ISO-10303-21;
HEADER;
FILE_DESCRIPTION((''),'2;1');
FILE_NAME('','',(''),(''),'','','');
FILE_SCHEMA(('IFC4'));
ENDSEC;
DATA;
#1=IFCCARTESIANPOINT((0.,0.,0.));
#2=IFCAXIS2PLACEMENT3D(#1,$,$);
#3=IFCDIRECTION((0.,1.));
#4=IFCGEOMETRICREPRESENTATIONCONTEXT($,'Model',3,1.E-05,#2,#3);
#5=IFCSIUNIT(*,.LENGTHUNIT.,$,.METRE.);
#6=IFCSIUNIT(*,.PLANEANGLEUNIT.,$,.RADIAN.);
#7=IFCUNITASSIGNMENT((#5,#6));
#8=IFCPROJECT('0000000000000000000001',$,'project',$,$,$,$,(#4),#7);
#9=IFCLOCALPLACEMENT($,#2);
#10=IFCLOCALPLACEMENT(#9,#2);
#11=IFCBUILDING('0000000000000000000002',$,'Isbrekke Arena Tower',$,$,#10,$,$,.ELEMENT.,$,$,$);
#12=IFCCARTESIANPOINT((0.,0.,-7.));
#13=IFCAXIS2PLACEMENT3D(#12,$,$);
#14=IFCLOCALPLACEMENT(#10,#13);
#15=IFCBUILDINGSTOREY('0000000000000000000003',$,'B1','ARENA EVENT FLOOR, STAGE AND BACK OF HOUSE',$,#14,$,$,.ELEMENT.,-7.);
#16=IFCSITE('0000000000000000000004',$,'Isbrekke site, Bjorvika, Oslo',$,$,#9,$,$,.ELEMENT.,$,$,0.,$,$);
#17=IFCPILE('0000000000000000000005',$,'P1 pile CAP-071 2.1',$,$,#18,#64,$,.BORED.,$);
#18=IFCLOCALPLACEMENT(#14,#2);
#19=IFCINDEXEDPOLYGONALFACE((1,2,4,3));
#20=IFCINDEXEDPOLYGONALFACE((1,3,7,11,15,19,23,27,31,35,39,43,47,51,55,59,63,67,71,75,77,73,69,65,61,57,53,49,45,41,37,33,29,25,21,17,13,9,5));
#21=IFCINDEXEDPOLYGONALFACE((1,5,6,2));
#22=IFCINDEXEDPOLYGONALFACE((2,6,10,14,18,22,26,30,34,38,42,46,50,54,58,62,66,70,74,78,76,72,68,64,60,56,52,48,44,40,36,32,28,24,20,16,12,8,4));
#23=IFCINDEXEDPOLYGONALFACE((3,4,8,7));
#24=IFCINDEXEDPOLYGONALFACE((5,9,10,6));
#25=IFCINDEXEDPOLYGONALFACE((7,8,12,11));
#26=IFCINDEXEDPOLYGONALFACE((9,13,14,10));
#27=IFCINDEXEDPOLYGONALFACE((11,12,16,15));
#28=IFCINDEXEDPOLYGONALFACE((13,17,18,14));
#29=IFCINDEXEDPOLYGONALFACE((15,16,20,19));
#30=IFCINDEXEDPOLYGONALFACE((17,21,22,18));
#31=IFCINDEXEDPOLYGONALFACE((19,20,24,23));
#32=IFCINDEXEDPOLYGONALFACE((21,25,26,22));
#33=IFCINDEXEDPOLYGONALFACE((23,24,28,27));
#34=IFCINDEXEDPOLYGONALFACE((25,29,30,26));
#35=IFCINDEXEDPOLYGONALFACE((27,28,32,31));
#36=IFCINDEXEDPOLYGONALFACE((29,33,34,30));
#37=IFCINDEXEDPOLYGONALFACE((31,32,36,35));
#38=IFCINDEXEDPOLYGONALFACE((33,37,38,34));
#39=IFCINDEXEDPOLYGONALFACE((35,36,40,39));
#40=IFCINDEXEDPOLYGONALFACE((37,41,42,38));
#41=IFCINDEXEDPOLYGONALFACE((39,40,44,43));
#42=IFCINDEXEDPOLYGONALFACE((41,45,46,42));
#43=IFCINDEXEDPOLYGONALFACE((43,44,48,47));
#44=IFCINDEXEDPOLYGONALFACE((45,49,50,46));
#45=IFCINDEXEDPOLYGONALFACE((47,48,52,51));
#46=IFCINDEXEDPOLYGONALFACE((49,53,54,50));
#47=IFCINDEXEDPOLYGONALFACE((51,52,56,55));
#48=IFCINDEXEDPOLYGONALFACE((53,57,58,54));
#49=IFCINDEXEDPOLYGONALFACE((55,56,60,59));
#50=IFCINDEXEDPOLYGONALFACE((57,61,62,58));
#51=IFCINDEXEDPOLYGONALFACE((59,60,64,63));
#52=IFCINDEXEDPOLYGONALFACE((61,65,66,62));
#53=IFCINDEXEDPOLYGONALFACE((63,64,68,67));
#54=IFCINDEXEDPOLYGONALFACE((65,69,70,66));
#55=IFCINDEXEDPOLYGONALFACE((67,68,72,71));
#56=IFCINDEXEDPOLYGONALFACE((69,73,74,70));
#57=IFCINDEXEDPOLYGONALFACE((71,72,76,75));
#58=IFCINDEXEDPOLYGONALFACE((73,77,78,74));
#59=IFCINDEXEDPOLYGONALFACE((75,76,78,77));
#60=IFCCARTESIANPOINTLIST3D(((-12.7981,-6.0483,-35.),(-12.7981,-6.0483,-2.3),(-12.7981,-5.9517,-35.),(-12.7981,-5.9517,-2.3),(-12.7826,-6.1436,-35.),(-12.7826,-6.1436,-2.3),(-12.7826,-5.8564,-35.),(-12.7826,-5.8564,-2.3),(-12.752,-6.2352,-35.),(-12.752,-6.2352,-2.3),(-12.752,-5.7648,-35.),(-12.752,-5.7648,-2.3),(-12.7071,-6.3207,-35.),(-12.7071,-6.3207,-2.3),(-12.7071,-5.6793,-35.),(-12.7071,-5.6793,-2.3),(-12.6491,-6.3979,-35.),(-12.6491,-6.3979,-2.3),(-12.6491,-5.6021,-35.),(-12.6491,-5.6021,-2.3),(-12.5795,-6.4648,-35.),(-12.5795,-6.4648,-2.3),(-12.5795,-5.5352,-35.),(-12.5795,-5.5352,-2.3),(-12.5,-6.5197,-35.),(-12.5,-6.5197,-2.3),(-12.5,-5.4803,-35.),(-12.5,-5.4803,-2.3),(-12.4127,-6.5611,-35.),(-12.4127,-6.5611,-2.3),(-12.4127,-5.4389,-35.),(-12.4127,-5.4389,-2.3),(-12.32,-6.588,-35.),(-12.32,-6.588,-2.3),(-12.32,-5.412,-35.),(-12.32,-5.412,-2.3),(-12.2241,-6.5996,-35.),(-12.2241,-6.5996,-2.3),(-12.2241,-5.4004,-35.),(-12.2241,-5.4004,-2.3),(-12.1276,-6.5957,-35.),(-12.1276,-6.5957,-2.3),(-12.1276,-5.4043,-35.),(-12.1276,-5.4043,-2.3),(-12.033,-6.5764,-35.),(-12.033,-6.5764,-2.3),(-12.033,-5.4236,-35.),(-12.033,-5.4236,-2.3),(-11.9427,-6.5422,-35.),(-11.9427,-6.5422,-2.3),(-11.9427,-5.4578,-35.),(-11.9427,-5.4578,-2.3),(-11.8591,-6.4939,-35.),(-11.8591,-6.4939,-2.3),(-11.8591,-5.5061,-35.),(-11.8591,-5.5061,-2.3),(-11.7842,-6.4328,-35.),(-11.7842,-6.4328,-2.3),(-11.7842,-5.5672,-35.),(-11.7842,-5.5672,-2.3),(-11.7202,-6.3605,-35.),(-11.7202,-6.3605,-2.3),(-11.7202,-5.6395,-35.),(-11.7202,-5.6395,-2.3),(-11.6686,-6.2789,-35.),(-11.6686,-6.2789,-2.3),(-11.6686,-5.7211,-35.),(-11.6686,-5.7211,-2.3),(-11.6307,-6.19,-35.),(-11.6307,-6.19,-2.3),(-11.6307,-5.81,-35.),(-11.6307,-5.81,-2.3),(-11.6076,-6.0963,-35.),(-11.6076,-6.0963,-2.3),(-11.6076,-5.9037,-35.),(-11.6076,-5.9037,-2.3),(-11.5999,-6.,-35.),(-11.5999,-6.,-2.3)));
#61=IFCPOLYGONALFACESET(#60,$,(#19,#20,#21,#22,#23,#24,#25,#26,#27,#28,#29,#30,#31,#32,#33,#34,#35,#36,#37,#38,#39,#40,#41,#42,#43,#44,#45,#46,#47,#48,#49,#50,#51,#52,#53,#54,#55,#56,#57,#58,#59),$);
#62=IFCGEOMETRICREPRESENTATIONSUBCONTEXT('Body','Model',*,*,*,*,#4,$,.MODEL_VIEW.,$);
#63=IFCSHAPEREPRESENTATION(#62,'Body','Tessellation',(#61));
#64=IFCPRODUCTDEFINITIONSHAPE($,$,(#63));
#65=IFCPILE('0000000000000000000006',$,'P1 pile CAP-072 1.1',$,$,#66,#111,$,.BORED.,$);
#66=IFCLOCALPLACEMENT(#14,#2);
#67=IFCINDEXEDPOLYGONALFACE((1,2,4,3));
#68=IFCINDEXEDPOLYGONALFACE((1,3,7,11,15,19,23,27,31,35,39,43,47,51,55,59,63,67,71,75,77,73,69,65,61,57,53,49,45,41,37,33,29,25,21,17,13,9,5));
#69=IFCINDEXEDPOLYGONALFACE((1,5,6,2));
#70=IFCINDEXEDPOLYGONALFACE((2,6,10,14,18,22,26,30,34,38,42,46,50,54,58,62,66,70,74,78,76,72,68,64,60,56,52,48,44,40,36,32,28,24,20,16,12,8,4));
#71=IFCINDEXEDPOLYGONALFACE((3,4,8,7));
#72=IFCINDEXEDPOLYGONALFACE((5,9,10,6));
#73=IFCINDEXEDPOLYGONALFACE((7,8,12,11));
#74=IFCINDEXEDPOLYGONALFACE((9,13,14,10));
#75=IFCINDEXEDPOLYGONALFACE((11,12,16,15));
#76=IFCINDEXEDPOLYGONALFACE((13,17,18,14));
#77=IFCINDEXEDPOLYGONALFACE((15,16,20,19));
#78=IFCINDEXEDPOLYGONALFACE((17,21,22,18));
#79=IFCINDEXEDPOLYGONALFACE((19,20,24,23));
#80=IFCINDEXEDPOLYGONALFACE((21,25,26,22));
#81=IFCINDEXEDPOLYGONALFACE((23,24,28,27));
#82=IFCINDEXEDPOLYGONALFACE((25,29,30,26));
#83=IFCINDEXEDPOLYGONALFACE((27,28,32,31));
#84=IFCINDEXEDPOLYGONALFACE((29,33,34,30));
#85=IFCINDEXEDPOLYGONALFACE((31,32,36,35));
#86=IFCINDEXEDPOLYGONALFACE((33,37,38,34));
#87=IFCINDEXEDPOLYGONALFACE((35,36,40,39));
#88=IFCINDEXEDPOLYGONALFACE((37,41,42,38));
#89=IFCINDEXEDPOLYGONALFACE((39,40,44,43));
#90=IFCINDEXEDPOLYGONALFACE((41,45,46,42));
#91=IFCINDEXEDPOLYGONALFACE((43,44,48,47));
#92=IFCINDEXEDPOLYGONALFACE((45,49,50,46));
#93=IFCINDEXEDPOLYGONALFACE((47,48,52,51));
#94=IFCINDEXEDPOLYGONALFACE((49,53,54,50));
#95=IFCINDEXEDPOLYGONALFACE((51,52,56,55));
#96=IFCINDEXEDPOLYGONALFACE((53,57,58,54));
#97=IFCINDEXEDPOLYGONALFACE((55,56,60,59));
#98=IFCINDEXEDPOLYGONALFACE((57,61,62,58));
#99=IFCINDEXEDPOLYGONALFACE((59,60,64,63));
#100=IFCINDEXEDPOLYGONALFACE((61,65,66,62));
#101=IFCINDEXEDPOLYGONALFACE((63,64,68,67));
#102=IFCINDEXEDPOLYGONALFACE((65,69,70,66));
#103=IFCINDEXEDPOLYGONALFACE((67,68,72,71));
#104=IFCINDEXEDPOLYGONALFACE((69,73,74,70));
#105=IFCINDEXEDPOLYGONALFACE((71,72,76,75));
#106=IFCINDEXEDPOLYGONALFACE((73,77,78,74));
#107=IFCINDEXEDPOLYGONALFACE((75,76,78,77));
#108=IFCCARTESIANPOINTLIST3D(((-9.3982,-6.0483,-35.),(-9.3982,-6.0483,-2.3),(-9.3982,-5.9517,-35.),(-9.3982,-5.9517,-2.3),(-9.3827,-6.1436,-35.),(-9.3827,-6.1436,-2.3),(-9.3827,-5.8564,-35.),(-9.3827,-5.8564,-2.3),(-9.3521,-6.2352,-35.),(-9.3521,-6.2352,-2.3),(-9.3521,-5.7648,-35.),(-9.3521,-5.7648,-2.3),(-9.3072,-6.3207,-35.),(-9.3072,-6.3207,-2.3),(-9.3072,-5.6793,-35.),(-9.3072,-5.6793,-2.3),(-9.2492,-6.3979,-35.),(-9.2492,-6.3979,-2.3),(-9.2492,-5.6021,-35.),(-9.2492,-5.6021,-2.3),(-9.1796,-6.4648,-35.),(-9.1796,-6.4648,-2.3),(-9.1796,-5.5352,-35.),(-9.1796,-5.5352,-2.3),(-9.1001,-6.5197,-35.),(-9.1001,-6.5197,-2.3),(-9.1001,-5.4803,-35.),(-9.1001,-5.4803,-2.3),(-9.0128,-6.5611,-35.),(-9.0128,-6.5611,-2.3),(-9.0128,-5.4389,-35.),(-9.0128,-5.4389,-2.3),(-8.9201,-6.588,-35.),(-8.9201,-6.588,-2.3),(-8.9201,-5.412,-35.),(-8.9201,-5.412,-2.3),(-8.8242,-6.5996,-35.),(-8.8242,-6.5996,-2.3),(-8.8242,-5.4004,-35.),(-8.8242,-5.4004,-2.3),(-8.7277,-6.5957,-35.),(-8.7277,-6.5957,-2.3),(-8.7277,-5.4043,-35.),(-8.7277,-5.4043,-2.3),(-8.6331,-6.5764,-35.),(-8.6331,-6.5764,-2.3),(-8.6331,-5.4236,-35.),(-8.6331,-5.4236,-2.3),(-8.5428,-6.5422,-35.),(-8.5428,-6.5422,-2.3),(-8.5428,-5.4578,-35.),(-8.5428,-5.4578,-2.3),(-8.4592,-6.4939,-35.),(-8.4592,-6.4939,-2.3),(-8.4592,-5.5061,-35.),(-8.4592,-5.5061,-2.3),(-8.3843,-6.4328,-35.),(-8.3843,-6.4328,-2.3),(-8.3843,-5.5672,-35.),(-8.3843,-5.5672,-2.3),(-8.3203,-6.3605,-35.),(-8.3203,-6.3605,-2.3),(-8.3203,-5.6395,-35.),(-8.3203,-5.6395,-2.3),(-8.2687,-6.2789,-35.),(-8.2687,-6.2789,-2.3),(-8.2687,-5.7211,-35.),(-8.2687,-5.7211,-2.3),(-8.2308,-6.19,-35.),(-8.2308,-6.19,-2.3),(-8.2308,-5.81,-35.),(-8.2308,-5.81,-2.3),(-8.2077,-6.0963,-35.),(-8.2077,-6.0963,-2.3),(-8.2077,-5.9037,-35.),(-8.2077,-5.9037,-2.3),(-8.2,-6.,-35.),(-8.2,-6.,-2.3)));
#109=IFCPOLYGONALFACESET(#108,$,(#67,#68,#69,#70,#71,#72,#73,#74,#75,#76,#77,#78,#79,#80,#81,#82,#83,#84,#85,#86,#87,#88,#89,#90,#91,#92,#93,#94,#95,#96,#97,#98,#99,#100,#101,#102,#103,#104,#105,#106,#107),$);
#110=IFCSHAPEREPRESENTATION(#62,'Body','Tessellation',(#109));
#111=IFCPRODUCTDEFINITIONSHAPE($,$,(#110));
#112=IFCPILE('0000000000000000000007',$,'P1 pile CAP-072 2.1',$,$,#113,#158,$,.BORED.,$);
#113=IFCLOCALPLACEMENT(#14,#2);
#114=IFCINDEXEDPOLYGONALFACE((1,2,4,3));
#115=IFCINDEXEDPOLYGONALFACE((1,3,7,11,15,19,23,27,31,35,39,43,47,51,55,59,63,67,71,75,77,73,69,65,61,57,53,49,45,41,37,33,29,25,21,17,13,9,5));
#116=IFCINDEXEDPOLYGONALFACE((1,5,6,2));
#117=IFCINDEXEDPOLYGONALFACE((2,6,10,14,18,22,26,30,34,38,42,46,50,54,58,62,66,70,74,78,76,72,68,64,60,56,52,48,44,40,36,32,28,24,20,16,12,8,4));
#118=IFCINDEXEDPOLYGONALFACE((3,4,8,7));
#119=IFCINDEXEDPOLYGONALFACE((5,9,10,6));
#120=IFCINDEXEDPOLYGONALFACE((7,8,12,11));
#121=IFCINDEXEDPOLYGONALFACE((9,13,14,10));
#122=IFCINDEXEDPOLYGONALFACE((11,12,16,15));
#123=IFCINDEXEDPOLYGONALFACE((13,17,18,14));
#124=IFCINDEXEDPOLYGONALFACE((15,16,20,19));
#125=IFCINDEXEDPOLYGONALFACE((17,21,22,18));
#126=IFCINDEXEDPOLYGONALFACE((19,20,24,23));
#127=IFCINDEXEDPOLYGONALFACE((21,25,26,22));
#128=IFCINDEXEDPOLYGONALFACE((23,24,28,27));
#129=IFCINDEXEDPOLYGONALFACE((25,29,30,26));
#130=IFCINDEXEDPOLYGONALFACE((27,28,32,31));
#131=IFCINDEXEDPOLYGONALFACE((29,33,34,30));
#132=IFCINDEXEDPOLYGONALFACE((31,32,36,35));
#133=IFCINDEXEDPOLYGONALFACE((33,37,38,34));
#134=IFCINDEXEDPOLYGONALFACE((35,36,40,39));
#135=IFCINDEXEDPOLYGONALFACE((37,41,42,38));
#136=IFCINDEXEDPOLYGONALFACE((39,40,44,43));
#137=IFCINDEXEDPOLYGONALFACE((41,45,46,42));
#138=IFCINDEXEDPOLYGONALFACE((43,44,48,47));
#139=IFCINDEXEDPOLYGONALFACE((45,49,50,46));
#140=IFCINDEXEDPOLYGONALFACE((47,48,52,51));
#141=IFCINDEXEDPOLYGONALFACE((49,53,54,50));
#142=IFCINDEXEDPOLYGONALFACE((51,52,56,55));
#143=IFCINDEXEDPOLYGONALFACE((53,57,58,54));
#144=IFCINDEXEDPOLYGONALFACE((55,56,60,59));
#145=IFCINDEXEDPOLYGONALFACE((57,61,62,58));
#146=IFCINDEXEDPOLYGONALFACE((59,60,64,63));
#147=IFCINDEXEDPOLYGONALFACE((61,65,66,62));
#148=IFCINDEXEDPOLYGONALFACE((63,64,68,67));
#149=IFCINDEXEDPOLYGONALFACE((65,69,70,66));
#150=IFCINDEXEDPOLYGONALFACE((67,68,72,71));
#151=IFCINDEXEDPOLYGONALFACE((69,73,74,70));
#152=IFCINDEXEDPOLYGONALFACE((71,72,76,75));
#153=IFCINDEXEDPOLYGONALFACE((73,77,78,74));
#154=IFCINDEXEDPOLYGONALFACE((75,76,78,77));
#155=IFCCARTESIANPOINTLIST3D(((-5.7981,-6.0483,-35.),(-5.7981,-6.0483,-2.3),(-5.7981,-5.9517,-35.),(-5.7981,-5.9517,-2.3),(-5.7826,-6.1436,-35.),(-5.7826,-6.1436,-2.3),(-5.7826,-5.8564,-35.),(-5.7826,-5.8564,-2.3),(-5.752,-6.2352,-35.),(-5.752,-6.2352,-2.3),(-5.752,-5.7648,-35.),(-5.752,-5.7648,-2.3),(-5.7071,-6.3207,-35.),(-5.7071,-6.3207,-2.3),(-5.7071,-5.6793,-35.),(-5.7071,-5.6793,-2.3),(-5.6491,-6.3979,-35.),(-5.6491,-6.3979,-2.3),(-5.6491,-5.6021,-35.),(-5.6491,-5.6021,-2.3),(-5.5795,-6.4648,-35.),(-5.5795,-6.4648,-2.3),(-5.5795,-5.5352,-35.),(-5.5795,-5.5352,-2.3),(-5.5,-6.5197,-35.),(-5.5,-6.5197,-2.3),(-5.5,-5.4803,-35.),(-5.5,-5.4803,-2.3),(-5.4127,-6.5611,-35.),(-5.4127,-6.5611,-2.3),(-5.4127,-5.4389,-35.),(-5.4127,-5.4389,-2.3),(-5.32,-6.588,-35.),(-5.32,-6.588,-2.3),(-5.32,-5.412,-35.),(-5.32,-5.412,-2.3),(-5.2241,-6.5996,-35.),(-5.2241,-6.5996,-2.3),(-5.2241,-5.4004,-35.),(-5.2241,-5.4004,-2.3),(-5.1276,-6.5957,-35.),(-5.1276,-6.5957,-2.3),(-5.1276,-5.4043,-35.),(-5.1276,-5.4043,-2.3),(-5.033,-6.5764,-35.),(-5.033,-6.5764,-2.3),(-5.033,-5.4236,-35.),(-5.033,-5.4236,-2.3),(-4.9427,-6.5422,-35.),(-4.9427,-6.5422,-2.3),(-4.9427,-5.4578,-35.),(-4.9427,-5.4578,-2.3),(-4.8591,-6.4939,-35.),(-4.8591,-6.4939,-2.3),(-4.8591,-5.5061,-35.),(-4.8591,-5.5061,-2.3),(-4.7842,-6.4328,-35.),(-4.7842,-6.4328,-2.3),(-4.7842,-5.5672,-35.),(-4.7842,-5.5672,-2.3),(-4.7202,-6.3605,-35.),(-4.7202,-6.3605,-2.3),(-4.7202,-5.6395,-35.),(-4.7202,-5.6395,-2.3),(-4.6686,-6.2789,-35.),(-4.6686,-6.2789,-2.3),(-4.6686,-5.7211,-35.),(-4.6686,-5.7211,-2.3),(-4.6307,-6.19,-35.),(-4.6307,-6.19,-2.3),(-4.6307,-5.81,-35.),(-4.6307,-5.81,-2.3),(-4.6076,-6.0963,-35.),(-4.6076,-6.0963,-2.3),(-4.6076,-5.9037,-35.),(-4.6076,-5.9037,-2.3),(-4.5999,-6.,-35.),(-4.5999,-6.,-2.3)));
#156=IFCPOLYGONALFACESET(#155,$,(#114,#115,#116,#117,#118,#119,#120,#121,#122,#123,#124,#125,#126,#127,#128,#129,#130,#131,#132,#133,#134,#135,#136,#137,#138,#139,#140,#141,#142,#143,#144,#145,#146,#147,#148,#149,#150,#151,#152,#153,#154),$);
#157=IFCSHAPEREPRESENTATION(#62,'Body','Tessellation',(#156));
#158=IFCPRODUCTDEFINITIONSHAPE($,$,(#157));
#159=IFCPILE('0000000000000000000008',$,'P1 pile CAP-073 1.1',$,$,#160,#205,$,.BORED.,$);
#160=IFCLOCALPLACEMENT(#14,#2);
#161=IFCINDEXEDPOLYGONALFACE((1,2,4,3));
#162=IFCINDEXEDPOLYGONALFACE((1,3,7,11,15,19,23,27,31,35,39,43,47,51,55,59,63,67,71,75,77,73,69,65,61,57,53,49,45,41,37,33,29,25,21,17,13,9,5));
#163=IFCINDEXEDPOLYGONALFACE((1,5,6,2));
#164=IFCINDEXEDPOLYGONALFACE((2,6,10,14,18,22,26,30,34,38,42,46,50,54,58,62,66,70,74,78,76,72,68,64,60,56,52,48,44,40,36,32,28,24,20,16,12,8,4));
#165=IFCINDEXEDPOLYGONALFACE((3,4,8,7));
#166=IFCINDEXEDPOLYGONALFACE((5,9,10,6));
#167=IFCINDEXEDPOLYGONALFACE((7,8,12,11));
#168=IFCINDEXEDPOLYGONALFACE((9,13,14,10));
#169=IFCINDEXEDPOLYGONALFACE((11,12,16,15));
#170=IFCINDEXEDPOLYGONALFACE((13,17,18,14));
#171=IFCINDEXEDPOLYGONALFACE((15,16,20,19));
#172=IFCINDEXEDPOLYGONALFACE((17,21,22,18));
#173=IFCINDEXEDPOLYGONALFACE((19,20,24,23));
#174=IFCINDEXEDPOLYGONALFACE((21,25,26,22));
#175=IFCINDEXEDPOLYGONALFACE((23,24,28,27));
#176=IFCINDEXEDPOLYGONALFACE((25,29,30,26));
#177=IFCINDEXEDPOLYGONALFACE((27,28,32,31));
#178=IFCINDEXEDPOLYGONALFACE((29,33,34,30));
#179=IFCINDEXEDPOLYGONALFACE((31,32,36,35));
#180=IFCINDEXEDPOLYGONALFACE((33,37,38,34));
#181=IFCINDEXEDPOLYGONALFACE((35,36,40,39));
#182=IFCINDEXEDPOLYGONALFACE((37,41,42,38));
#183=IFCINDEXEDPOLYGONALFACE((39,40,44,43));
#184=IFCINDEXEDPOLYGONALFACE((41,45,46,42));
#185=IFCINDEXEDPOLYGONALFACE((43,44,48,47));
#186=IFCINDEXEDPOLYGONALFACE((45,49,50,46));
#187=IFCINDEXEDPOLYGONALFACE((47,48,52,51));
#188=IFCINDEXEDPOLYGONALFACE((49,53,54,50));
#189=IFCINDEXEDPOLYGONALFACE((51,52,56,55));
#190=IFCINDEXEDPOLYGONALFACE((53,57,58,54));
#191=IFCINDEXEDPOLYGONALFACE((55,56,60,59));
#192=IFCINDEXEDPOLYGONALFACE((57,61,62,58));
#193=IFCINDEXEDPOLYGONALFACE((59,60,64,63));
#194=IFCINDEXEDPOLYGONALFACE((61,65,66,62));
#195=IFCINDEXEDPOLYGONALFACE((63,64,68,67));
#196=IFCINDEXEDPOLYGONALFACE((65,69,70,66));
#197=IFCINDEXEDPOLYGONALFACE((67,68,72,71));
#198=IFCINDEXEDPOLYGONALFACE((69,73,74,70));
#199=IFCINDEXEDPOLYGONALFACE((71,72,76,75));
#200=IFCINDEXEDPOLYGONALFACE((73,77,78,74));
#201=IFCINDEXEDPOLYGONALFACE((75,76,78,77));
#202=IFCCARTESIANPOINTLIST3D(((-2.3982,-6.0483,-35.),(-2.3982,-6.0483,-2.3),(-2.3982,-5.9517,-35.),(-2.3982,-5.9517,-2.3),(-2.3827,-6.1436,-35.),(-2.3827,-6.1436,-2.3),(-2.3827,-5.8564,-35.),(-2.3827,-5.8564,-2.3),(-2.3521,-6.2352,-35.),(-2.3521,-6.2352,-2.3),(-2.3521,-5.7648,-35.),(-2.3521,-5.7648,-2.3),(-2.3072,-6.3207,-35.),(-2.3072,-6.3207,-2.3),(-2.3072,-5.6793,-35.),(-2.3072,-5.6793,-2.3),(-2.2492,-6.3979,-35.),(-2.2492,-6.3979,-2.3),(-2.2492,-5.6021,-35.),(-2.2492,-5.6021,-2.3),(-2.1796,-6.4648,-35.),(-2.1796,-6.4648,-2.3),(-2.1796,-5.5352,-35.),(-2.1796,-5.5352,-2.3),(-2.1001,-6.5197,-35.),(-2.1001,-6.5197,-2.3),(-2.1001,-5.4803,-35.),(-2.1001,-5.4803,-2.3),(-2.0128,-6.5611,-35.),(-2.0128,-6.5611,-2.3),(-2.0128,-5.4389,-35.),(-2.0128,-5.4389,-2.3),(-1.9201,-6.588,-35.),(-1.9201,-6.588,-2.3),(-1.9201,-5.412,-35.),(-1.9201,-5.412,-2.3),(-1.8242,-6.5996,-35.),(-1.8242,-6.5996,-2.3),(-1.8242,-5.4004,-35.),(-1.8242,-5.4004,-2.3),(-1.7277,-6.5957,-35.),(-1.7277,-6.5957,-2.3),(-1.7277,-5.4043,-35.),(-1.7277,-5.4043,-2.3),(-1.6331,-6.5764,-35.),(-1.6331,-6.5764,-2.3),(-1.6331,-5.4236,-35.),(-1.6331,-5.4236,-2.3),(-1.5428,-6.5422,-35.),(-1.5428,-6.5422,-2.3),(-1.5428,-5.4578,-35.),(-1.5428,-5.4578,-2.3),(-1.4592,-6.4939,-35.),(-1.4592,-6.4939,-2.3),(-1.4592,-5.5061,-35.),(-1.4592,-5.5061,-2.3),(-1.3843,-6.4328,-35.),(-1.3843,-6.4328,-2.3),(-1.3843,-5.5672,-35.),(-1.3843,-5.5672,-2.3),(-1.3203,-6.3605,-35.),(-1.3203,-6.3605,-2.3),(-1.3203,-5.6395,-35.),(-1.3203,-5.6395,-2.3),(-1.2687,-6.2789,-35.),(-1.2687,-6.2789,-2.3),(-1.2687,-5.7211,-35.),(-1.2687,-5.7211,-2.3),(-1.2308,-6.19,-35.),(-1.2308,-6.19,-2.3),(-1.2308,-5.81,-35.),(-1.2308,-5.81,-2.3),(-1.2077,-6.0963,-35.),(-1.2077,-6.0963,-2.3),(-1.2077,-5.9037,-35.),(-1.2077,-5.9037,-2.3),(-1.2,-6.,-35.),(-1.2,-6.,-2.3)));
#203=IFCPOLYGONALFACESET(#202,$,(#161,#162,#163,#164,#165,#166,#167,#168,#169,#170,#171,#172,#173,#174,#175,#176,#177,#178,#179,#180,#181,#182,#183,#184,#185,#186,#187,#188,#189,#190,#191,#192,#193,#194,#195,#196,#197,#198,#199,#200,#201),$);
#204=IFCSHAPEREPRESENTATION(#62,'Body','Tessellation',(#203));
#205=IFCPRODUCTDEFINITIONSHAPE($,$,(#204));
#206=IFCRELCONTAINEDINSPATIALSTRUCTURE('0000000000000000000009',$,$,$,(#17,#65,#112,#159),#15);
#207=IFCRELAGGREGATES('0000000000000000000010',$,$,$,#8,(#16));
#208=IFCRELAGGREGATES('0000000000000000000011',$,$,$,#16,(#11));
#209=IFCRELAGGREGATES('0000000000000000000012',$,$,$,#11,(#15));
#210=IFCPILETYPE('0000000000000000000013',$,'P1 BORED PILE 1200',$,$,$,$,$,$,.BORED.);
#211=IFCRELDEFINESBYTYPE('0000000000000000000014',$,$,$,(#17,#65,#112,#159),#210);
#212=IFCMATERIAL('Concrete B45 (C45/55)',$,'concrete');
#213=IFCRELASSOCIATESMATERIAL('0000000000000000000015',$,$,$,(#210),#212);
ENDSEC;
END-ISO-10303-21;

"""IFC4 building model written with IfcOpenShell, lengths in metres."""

from ifc_helpers import new_model, si_unit, direction, frame, origin, origin_2d, place, context, subcontext, project, spatial, circle, extrude, material, material_profile, profile_set, type_object, element, save


model = new_model("IFC4")

# Units and contexts
model_context = context("Model", 3, precision=1e-05, world=origin(), true_north=direction((0.0, 1.0)))
body_context = subcontext(model_context, "Body", "Model", "MODEL_VIEW")
ifc_project = project(units=[si_unit("LENGTHUNIT", "METRE"), si_unit("PLANEANGLEUNIT", "RADIAN")], contexts=[model_context])

# Site, building, storey
site_placement = place(None, origin())
site = spatial("IfcSite", under=ifc_project, at=site_placement, Name="Isbrekke site, Bjorvika, Oslo", CompositionType="ELEMENT", RefElevation=0.0)
building_placement = place(site_placement, origin())
building = spatial("IfcBuilding", under=site, at=building_placement, Name="Isbrekke Arena Tower", CompositionType="ELEMENT")
storey_placement = place(building_placement, frame((0.0, 0.0, -7.0)))
storey = spatial("IfcBuildingStorey", under=building, at=storey_placement, Name="B1", Description="ARENA EVENT FLOOR, STAGE AND BACK OF HOUSE", CompositionType="ELEMENT", Elevation=-7.0)

# Piles
ifc_material_1 = material(Name="Concrete B45 (C45/55)", Category="concrete")
ifc_material_profile_1 = material_profile(ifc_material_1, circle(Radius=0.6001, at=origin_2d()), Name="BORED PILE D1200")
ifc_profile_set_1 = profile_set([ifc_material_profile_1], Name="Concrete B45 (C45/55)")
pile_type = type_object("IfcPileType", Name="P1 BORED PILE 1200", PredefinedType="BORED", material=ifc_profile_set_1)
for number, where, z_axis, x_axis, name in (
    (1, (-12.2, -6.0, -2.3), (0.0, 0.0, -1.0), (1.0, 0.0, 0.0), "P1 pile CAP-071 2.1"),
    (2, (-8.8, -6.0, -2.3), (0.0, 0.0, -1.0), (1.0, 0.0, 0.0), "P1 pile CAP-072 1.1"),
    (3, (-5.2, -6.0, -2.3), (0.0, 0.0, -1.0), (1.0, 0.0, 0.0), "P1 pile CAP-072 2.1"),
    (4, (-1.8, -6.0, -2.3), (0.0, 0.0, -1.0), (1.0, 0.0, 0.0), "P1 pile CAP-073 1.1"),
):
    element("IfcPile", number, at=place(storey_placement, frame(where, z_axis=z_axis, x_axis=x_axis)), inside=storey, type_object=pile_type, Name=name, PredefinedType="BORED", context=body_context, shape_type="SweptSolid", body=[
        extrude(circle(Radius=0.6001, at=origin_2d()), origin(), (0.0, 0.0, 1.0), 32.7),
    ])

save(model, "model.ifc")
